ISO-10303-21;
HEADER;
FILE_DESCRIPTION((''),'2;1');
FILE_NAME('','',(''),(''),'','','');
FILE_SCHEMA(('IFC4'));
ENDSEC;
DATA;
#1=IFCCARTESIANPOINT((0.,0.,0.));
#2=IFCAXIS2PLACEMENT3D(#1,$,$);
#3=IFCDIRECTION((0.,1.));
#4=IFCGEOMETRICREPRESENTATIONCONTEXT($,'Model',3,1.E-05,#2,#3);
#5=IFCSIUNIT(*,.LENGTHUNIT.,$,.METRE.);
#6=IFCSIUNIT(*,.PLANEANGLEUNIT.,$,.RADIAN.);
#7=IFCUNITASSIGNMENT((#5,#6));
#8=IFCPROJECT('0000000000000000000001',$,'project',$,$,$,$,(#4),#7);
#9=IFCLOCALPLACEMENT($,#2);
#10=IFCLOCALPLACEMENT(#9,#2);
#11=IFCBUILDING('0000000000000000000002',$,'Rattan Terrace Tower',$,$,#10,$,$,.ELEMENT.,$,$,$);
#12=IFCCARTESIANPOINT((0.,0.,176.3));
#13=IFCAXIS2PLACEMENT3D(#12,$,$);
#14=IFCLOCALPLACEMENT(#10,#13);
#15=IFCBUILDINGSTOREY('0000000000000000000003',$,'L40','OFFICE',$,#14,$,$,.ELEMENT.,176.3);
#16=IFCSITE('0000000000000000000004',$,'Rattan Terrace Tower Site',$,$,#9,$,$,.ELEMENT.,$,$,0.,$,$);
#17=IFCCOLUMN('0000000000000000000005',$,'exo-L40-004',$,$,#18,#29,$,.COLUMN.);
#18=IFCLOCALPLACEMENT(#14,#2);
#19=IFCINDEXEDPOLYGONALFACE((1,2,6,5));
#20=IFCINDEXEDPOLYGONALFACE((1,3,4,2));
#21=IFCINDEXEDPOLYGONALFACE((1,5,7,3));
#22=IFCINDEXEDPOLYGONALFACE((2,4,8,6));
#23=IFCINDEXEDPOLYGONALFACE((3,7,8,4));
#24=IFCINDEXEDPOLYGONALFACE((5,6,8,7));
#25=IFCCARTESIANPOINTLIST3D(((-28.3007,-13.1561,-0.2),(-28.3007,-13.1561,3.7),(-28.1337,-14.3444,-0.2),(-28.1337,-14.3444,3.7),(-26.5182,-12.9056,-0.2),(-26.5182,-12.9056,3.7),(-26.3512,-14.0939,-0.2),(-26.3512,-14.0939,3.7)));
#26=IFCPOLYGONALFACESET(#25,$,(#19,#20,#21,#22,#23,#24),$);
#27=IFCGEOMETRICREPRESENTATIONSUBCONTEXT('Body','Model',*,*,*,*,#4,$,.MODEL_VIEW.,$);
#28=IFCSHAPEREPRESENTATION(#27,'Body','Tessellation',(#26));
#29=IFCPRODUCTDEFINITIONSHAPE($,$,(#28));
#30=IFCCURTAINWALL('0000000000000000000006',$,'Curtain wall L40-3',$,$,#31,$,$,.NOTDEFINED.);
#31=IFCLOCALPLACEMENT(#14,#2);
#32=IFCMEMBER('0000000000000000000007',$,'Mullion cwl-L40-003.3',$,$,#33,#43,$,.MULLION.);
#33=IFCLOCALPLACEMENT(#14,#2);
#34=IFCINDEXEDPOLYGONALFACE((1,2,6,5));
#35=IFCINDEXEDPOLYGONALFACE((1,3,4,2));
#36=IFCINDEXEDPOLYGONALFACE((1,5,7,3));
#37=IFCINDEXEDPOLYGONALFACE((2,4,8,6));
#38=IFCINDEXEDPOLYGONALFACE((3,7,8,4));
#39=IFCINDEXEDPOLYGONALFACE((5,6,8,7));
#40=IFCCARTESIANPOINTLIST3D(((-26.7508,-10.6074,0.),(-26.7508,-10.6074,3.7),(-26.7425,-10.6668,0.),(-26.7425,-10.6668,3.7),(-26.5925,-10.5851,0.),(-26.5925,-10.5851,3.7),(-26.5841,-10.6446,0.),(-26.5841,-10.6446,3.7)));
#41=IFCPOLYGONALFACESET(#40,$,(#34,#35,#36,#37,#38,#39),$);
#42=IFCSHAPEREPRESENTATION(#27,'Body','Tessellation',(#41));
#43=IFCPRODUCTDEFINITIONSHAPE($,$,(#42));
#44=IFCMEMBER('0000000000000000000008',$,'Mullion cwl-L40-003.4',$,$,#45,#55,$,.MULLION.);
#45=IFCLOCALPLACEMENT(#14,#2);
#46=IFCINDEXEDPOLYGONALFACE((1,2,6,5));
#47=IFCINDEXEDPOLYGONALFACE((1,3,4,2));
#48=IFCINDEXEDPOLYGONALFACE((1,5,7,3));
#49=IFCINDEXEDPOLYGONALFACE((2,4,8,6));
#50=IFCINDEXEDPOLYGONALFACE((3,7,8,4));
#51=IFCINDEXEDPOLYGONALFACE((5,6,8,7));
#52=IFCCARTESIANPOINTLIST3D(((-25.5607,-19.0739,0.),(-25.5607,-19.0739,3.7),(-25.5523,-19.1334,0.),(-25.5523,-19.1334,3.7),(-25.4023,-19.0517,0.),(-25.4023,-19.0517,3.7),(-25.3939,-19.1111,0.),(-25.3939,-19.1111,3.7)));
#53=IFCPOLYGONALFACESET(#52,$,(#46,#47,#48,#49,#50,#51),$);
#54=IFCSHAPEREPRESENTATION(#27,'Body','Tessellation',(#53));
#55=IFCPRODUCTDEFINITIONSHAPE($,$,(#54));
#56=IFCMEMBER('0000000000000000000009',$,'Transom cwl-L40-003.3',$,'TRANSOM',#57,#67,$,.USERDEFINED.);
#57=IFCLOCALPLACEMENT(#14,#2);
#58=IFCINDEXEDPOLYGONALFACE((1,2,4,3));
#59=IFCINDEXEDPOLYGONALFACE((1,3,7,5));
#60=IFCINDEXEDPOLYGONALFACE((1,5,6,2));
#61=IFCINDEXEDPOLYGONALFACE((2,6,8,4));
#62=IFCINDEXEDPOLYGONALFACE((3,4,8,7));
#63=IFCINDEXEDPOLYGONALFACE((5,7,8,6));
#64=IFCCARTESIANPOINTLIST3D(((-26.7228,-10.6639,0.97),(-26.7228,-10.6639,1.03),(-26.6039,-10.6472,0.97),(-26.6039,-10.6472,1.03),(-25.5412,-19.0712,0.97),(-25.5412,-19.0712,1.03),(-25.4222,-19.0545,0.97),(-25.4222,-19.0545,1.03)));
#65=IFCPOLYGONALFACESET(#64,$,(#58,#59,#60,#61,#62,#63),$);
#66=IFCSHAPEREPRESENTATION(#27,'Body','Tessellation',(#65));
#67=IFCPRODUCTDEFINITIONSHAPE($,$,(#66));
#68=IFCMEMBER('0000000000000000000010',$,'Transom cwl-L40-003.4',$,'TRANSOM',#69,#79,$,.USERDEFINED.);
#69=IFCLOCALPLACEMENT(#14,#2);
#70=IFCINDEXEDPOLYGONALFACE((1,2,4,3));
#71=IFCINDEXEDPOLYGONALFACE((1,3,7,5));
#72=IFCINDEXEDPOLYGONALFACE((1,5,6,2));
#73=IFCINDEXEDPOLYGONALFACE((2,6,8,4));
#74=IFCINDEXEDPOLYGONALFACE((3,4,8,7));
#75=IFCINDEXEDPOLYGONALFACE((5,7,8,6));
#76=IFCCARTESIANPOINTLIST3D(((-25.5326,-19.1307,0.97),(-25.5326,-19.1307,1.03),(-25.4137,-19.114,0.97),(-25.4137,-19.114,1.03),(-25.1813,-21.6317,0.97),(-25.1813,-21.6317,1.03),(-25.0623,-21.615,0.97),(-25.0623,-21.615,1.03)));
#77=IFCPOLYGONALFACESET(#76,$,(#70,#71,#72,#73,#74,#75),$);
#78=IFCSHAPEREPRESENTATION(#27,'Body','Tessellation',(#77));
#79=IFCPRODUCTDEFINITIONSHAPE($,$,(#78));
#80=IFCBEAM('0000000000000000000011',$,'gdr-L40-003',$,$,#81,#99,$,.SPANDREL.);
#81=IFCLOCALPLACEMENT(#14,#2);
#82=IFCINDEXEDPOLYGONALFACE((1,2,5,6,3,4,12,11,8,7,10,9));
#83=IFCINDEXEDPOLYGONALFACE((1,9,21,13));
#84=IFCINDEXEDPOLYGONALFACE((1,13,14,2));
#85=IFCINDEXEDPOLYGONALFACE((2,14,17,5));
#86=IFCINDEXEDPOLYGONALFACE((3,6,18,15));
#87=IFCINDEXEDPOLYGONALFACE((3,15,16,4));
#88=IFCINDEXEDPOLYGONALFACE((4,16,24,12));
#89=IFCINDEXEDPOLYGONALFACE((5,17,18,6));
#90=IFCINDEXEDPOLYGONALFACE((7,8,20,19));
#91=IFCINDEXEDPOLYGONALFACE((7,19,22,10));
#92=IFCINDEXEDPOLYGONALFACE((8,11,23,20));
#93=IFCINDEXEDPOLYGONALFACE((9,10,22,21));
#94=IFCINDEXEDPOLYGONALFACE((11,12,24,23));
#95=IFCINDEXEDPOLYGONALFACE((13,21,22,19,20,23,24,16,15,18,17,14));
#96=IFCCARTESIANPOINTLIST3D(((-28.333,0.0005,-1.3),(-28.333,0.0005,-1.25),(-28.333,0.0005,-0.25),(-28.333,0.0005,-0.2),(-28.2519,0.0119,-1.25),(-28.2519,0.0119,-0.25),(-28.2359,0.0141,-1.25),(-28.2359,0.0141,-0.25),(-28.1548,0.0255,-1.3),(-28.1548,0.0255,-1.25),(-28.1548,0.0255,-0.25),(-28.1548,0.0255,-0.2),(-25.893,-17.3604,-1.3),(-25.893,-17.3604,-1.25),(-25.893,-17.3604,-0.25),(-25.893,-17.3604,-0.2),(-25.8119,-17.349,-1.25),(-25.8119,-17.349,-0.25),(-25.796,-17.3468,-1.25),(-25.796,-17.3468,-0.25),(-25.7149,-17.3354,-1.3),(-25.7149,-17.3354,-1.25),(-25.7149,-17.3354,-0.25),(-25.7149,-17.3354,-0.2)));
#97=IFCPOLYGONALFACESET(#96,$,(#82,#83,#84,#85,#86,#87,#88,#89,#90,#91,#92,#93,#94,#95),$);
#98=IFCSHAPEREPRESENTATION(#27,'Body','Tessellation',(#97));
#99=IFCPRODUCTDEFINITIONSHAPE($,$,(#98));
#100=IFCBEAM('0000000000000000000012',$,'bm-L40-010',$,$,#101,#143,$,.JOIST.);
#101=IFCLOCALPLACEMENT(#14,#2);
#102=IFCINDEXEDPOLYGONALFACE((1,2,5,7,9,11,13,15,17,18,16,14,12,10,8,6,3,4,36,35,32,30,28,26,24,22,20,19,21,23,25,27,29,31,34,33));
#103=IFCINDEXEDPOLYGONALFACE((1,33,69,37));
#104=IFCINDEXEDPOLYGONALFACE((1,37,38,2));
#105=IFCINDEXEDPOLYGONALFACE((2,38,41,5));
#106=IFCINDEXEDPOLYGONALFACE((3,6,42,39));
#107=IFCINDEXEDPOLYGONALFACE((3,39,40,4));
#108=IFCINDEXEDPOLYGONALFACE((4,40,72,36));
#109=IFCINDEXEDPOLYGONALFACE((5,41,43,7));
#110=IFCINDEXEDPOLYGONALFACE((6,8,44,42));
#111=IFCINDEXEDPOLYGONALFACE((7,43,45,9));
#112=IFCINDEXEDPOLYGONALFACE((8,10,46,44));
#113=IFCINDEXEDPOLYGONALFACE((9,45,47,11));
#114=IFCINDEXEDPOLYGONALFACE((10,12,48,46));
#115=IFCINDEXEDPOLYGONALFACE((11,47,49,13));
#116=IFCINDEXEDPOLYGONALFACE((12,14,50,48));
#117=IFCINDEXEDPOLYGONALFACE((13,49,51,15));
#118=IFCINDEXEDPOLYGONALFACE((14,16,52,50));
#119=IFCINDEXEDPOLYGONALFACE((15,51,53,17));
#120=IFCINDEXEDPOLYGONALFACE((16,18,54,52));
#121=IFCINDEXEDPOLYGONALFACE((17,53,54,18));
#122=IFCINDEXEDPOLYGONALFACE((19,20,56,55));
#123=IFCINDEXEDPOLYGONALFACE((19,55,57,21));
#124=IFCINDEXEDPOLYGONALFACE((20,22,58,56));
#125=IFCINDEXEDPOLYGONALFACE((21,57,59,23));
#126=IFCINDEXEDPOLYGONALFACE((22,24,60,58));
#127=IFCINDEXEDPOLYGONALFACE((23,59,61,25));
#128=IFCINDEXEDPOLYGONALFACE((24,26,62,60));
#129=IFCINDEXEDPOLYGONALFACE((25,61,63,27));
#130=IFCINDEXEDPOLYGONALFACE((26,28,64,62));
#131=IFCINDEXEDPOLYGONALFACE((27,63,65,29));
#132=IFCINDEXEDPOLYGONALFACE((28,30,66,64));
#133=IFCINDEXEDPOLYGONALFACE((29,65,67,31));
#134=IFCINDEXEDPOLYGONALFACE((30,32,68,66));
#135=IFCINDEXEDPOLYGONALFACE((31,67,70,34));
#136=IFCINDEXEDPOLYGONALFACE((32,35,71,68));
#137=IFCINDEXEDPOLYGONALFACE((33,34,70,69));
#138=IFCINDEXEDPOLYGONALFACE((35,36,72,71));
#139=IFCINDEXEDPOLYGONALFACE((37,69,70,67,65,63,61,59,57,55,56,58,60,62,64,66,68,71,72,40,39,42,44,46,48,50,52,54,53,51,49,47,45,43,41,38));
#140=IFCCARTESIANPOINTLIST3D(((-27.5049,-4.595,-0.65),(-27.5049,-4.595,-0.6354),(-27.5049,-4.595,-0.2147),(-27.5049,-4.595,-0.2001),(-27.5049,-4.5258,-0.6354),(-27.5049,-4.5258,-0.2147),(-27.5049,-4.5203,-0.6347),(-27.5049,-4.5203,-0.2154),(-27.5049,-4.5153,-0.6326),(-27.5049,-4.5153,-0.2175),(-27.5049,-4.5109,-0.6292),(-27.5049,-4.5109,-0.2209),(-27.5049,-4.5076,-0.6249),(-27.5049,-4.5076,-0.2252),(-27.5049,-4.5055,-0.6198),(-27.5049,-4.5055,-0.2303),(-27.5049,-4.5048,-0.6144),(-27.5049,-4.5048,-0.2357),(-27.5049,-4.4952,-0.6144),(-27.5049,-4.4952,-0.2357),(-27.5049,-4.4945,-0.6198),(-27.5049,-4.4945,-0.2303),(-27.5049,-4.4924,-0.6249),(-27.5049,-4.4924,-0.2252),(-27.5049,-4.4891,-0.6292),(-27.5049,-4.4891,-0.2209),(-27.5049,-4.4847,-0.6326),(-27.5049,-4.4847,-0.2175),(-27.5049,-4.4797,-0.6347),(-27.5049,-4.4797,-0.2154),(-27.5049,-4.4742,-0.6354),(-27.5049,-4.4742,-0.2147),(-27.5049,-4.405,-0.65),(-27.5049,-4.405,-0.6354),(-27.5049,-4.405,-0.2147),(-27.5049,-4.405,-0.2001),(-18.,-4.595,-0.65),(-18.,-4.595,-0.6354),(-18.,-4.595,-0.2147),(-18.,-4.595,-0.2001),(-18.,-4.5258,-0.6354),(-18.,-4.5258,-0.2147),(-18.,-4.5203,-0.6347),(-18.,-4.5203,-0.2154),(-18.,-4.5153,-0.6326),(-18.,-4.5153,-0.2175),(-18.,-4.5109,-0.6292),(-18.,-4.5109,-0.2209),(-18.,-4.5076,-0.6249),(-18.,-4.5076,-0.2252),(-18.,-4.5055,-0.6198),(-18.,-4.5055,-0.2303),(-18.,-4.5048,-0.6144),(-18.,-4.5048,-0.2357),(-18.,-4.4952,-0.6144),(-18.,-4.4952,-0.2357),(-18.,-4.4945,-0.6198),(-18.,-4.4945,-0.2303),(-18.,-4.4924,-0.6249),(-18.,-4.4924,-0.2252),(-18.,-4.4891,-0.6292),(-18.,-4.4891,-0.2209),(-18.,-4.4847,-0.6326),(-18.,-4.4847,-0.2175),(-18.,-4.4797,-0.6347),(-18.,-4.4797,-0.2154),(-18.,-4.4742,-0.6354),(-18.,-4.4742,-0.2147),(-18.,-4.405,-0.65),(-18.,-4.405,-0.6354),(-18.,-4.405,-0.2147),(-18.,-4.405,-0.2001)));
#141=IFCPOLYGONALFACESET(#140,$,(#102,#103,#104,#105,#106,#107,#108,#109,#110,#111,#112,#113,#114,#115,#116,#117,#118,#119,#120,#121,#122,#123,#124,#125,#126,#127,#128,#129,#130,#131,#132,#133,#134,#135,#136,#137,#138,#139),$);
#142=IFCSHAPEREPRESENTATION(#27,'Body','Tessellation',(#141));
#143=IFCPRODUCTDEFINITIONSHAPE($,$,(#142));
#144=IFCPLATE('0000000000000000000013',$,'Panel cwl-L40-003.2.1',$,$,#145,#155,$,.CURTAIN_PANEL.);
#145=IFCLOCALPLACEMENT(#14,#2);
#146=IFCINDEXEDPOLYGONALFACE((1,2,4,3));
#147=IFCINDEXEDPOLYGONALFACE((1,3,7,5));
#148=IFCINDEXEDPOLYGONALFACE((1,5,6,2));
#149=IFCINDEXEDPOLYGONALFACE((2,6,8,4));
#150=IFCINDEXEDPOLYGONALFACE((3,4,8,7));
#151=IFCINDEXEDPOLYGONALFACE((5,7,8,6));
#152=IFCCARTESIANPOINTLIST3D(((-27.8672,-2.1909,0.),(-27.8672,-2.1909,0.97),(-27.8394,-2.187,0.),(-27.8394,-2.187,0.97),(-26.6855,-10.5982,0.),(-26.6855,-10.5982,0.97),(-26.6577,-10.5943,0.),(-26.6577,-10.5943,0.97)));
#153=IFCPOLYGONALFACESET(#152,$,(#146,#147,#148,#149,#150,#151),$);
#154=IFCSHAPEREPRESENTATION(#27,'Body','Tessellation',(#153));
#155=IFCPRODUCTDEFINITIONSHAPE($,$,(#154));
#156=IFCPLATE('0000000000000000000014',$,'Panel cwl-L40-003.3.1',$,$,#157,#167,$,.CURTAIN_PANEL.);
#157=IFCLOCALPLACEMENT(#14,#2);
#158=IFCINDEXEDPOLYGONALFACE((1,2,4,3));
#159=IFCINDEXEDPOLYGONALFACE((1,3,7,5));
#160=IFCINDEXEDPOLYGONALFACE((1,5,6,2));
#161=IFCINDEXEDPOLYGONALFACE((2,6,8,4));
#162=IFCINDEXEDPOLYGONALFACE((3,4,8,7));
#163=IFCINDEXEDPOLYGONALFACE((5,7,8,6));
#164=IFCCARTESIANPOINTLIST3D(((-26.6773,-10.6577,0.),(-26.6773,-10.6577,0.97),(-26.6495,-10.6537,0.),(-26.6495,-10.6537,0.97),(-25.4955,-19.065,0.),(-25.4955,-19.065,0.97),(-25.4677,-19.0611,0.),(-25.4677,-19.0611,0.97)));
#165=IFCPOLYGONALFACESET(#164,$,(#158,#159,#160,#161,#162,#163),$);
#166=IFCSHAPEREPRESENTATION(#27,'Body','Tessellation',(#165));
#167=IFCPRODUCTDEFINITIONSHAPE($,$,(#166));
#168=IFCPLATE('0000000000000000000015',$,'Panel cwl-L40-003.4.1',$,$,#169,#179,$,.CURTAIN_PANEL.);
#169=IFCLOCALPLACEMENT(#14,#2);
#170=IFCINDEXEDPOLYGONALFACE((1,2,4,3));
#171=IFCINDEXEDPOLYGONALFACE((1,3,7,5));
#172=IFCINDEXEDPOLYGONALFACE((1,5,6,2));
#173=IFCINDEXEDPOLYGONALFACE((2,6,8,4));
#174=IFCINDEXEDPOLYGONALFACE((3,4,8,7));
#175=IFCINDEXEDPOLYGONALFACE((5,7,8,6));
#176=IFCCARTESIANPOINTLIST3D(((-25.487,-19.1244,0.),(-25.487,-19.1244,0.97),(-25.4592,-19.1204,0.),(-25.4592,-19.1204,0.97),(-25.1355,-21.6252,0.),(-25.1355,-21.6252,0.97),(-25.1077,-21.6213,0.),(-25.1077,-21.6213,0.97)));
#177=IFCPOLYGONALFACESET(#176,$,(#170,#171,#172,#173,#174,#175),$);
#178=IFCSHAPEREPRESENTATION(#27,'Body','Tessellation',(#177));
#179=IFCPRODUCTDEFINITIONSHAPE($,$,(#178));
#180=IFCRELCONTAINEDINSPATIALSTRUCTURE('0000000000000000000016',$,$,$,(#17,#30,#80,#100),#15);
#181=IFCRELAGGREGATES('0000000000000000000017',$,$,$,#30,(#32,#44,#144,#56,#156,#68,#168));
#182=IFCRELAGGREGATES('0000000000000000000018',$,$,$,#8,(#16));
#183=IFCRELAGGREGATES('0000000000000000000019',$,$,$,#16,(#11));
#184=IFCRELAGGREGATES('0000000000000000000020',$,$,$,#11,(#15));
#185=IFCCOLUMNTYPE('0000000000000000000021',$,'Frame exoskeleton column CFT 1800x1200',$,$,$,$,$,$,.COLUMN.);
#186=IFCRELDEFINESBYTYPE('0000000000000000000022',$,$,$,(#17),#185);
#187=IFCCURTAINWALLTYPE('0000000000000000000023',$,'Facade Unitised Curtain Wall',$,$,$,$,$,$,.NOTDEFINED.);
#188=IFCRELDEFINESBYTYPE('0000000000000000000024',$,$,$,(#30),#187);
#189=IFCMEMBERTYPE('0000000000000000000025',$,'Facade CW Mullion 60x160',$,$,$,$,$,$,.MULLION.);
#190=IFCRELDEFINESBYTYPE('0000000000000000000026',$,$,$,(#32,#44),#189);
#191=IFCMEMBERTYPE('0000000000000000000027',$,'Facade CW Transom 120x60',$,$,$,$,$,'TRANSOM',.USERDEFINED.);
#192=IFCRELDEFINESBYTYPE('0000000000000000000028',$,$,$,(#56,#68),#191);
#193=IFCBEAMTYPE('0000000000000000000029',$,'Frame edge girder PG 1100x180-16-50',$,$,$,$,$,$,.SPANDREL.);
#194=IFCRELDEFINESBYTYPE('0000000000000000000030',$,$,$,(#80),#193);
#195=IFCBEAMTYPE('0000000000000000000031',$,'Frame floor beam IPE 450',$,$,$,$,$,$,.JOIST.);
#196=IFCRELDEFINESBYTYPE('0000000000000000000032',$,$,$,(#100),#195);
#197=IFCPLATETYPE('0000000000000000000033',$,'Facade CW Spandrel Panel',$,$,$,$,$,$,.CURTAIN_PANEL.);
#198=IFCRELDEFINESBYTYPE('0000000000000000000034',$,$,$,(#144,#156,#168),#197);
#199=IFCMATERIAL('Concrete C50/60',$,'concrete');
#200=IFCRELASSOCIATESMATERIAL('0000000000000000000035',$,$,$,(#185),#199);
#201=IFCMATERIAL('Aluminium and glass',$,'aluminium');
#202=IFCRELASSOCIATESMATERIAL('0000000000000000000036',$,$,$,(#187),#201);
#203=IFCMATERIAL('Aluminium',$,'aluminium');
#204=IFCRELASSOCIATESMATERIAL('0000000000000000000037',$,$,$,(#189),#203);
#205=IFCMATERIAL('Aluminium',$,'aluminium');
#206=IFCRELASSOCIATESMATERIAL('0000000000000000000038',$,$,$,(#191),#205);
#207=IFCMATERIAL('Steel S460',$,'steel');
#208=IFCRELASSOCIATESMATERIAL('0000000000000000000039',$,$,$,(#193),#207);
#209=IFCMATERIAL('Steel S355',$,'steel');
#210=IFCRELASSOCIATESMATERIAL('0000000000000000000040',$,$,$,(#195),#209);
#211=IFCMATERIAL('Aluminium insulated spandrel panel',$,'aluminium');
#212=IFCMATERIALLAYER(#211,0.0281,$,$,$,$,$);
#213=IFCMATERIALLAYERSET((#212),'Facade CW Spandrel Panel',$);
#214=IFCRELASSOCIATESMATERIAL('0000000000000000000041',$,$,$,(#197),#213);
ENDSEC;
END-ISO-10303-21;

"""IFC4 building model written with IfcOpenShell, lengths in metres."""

from ifc_helpers import new_model, si_unit, direction, frame, origin, origin_2d, place, context, subcontext, project, spatial, rectangle, i_section, extrude, material, layer, layer_set, material_profile, profile_set, type_object, element, aggregate, save


model = new_model("IFC4")

# Units and contexts
model_context = context("Model", 3, precision=1e-05, world=origin(), true_north=direction((0.0, 1.0)))
body_context = subcontext(model_context, "Body", "Model", "MODEL_VIEW")
ifc_project = project(units=[si_unit("LENGTHUNIT", "METRE"), si_unit("PLANEANGLEUNIT", "RADIAN")], contexts=[model_context])

# Site, building, storey
site_placement = place(None, origin())
site = spatial("IfcSite", under=ifc_project, at=site_placement, Name="Rattan Terrace Tower Site", CompositionType="ELEMENT", RefElevation=0.0)
building_placement = place(site_placement, origin())
building = spatial("IfcBuilding", under=site, at=building_placement, Name="Rattan Terrace Tower", CompositionType="ELEMENT")
storey_placement = place(building_placement, frame((0.0, 0.0, 176.3)))
storey = spatial("IfcBuildingStorey", under=building, at=storey_placement, Name="L40", Description="OFFICE", CompositionType="ELEMENT", Elevation=176.3)

# Column
ifc_material_1 = material(Name="Concrete C50/60", Category="concrete")
ifc_material_profile_1 = material_profile(ifc_material_1, rectangle(XDim=1.2, YDim=1.8, at=origin_2d()), Name="CFT 1800x1200")
ifc_profile_set_1 = profile_set([ifc_material_profile_1], Name="Concrete C50/60")
column_type = type_object("IfcColumnType", Name="Frame exoskeleton column CFT 1800x1200", PredefinedType="COLUMN", material=ifc_profile_set_1)
column_placement = place(storey_placement, frame((-27.3259, -13.625, -0.2), z_axis=(0.0, 0.0, 1.0), x_axis=(-0.13919, 0.990266, 0.0)))
element("IfcColumn", 1, at=column_placement, inside=storey, type_object=column_type, Name="exo-L40-004", PredefinedType="COLUMN", context=body_context, shape_type="SweptSolid", body=[
    extrude(rectangle(XDim=1.2, YDim=1.8, at=origin_2d()), origin(), (0.0, 0.0, 1.0), 3.8999),
])

# Curtain wall, members
ifc_material_2 = material(Name="Aluminium and glass", Category="aluminium")
curtain_wall_type = type_object("IfcCurtainWallType", Name="Facade Unitised Curtain Wall", PredefinedType="NOTDEFINED", material=ifc_material_2)
curtain_wall_placement = place(storey_placement, origin())
curtain_wall = element("IfcCurtainWall", 2, at=curtain_wall_placement, inside=storey, type_object=curtain_wall_type, Name="Curtain wall L40-3", PredefinedType="NOTDEFINED")
ifc_material_3 = material(Name="Aluminium", Category="aluminium")
ifc_material_profile_2 = material_profile(ifc_material_3, rectangle(XDim=0.0601, YDim=0.1599, at=origin_2d()), Name="Aluminium 60x160")
ifc_profile_set_2 = profile_set([ifc_material_profile_2], Name="Aluminium")
member_type_1 = type_object("IfcMemberType", Name="Facade CW Mullion 60x160", PredefinedType="MULLION", material=ifc_profile_set_2)
member_1_placement = place(storey_placement, frame((-26.6675, -10.626, 0.0), z_axis=(0.0, 0.0, 1.0), x_axis=(0.139191, -0.990266, 0.0)))
member_1 = element("IfcMember", 3, at=member_1_placement, type_object=member_type_1, Name="Mullion cwl-L40-003.3", PredefinedType="MULLION", context=body_context, shape_type="SweptSolid", body=[
    extrude(rectangle(XDim=0.0601, YDim=0.1599, at=origin_2d()), origin(), (0.0, 0.0, 1.0), 3.7),
])
member_2_placement = place(storey_placement, frame((-25.4773, -19.0925, 0.0), z_axis=(0.0, 0.0, 1.0), x_axis=(0.139191, -0.990266, 0.0)))
member_2 = element("IfcMember", 4, at=member_2_placement, type_object=member_type_1, Name="Mullion cwl-L40-003.4", PredefinedType="MULLION", context=body_context, shape_type="SweptSolid", body=[
    extrude(rectangle(XDim=0.0601, YDim=0.1599, at=origin_2d()), origin(), (0.0, 0.0, 1.0), 3.7),
])
ifc_material_4 = material(Name="Aluminium", Category="aluminium")
ifc_material_profile_3 = material_profile(ifc_material_4, rectangle(XDim=0.1201, YDim=0.0601, at=origin_2d()), Name="Aluminium 120x60")
ifc_profile_set_3 = profile_set([ifc_material_profile_3], Name="Aluminium")
member_type_2 = type_object("IfcMemberType", Name="Facade CW Transom 120x60", ElementType="TRANSOM", PredefinedType="USERDEFINED", material=ifc_profile_set_3)
member_3_placement = place(storey_placement, frame((-26.6633, -10.6555, 1.0), z_axis=(0.139179, -0.990267, 0.0), x_axis=(0.990267, 0.139179, 0.0)))
member_3 = element("IfcMember", 5, at=member_3_placement, type_object=member_type_2, Name="Transom cwl-L40-003.3", ObjectType="TRANSOM", PredefinedType="USERDEFINED", context=body_context, shape_type="SweptSolid", body=[
    extrude(rectangle(XDim=0.1201, YDim=0.0601, at=origin_2d()), origin(), (0.0, 0.0, 1.0), 8.49),
])
member_4_placement = place(storey_placement, frame((-25.4731, -19.1223, 1.0), z_axis=(0.139107, -0.990277, 0.0), x_axis=(0.990277, 0.139107, 0.0)))
member_4 = element("IfcMember", 6, at=member_4_placement, type_object=member_type_2, Name="Transom cwl-L40-003.4", ObjectType="TRANSOM", PredefinedType="USERDEFINED", context=body_context, shape_type="SweptSolid", body=[
    extrude(rectangle(XDim=0.1201, YDim=0.0601, at=origin_2d()), origin(), (0.0, 0.0, 1.0), 2.5256),
])

# Beams
ifc_material_5 = material(Name="Steel S460", Category="steel")
ifc_material_profile_4 = material_profile(ifc_material_5, i_section(OverallWidth=0.1799, OverallDepth=1.1001, WebThickness=0.0161, FlangeThickness=0.05, at=origin_2d()), Name="PG 1100x180-16-50")
ifc_profile_set_4 = profile_set([ifc_material_profile_4], Name="Steel S460")
beam_type_1 = type_object("IfcBeamType", Name="Frame edge girder PG 1100x180-16-50", PredefinedType="SPANDREL", material=ifc_profile_set_4)
beam_1_placement = place(storey_placement, frame((-25.804, -17.3479, -0.75), z_axis=(-0.139175, 0.990268, 0.0), x_axis=(-0.990268, -0.139175, 0.0)))
element("IfcBeam", 7, at=beam_1_placement, inside=storey, type_object=beam_type_1, Name="gdr-L40-003", PredefinedType="SPANDREL", context=body_context, shape_type="SweptSolid", body=[
    extrude(i_section(OverallWidth=0.1799, OverallDepth=1.1001, WebThickness=0.0161, FlangeThickness=0.05, at=origin_2d()), origin(), (0.0, 0.0, 1.0), 17.5315),
])
ifc_material_6 = material(Name="Steel S355", Category="steel")
ifc_material_profile_5 = material_profile(ifc_material_6, i_section(OverallWidth=0.1899, OverallDepth=0.45, WebThickness=0.0095, FlangeThickness=0.0146, FilletRadius=0.021, at=origin_2d()), Name="IPE 450")
ifc_profile_set_5 = profile_set([ifc_material_profile_5], Name="Steel S355")
beam_type_2 = type_object("IfcBeamType", Name="Frame floor beam IPE 450", PredefinedType="JOIST", material=ifc_profile_set_5)
beam_2_placement = place(storey_placement, frame((-27.5049, -4.5, -0.425), z_axis=(1.0, 0.0, 0.0), x_axis=(0.0, 1.0, 0.0)))
element("IfcBeam", 8, at=beam_2_placement, inside=storey, type_object=beam_type_2, Name="bm-L40-010", PredefinedType="JOIST", context=body_context, shape_type="SweptSolid", body=[
    extrude(i_section(OverallWidth=0.1899, OverallDepth=0.45, WebThickness=0.0095, FlangeThickness=0.0146, FilletRadius=0.021, at=origin_2d()), origin(), (0.0, 0.0, 1.0), 9.5049),
])

# Plates
ifc_material_7 = material(Name="Aluminium insulated spandrel panel", Category="aluminium")
ifc_layer_1 = layer(ifc_material_7, 0.0281)
ifc_layer_set_1 = layer_set([ifc_layer_1], Name="Facade CW Spandrel Panel")
plate_type_1 = type_object("IfcPlateType", Name="Facade CW Spandrel Panel", PredefinedType="CURTAIN_PANEL", material=ifc_layer_set_1)
plate_1_placement = place(storey_placement, frame((-27.2625, -6.3926, 0.0), z_axis=(0.0, 0.0, 1.0), x_axis=(0.139191, -0.990266, 0.0)))
plate_1 = element("IfcPlate", 9, at=plate_1_placement, type_object=plate_type_1, Name="Panel cwl-L40-003.2.1", PredefinedType="CURTAIN_PANEL", context=body_context, shape_type="SweptSolid", body=[
    extrude(rectangle(XDim=8.49, YDim=0.0281, at=origin_2d()), origin(), (0.0, 0.0, 1.0), 0.97),
])
plate_2_placement = place(storey_placement, frame((-26.0725, -14.8594, 0.0), z_axis=(0.0, 0.0, 1.0), x_axis=(0.139191, -0.990266, 0.0)))
plate_2 = element("IfcPlate", 10, at=plate_2_placement, type_object=plate_type_1, Name="Panel cwl-L40-003.3.1", PredefinedType="CURTAIN_PANEL", context=body_context, shape_type="SweptSolid", body=[
    extrude(rectangle(XDim=8.49, YDim=0.0281, at=origin_2d()), origin(), (0.0, 0.0, 1.0), 0.97),
])
plate_3_placement = place(storey_placement, frame((-25.2974, -20.3728, 0.0), z_axis=(0.0, 0.0, 1.0), x_axis=(0.139191, -0.990266, 0.0)))
plate_3 = element("IfcPlate", 11, at=plate_3_placement, type_object=plate_type_1, Name="Panel cwl-L40-003.4.1", PredefinedType="CURTAIN_PANEL", context=body_context, shape_type="SweptSolid", body=[
    extrude(rectangle(XDim=2.5254, YDim=0.0281, at=origin_2d()), origin(), (0.0, 0.0, 1.0), 0.97),
])
aggregate(curtain_wall, [member_1, member_2, plate_1, member_3, plate_2, member_4, plate_3])

save(model, "model.ifc")
